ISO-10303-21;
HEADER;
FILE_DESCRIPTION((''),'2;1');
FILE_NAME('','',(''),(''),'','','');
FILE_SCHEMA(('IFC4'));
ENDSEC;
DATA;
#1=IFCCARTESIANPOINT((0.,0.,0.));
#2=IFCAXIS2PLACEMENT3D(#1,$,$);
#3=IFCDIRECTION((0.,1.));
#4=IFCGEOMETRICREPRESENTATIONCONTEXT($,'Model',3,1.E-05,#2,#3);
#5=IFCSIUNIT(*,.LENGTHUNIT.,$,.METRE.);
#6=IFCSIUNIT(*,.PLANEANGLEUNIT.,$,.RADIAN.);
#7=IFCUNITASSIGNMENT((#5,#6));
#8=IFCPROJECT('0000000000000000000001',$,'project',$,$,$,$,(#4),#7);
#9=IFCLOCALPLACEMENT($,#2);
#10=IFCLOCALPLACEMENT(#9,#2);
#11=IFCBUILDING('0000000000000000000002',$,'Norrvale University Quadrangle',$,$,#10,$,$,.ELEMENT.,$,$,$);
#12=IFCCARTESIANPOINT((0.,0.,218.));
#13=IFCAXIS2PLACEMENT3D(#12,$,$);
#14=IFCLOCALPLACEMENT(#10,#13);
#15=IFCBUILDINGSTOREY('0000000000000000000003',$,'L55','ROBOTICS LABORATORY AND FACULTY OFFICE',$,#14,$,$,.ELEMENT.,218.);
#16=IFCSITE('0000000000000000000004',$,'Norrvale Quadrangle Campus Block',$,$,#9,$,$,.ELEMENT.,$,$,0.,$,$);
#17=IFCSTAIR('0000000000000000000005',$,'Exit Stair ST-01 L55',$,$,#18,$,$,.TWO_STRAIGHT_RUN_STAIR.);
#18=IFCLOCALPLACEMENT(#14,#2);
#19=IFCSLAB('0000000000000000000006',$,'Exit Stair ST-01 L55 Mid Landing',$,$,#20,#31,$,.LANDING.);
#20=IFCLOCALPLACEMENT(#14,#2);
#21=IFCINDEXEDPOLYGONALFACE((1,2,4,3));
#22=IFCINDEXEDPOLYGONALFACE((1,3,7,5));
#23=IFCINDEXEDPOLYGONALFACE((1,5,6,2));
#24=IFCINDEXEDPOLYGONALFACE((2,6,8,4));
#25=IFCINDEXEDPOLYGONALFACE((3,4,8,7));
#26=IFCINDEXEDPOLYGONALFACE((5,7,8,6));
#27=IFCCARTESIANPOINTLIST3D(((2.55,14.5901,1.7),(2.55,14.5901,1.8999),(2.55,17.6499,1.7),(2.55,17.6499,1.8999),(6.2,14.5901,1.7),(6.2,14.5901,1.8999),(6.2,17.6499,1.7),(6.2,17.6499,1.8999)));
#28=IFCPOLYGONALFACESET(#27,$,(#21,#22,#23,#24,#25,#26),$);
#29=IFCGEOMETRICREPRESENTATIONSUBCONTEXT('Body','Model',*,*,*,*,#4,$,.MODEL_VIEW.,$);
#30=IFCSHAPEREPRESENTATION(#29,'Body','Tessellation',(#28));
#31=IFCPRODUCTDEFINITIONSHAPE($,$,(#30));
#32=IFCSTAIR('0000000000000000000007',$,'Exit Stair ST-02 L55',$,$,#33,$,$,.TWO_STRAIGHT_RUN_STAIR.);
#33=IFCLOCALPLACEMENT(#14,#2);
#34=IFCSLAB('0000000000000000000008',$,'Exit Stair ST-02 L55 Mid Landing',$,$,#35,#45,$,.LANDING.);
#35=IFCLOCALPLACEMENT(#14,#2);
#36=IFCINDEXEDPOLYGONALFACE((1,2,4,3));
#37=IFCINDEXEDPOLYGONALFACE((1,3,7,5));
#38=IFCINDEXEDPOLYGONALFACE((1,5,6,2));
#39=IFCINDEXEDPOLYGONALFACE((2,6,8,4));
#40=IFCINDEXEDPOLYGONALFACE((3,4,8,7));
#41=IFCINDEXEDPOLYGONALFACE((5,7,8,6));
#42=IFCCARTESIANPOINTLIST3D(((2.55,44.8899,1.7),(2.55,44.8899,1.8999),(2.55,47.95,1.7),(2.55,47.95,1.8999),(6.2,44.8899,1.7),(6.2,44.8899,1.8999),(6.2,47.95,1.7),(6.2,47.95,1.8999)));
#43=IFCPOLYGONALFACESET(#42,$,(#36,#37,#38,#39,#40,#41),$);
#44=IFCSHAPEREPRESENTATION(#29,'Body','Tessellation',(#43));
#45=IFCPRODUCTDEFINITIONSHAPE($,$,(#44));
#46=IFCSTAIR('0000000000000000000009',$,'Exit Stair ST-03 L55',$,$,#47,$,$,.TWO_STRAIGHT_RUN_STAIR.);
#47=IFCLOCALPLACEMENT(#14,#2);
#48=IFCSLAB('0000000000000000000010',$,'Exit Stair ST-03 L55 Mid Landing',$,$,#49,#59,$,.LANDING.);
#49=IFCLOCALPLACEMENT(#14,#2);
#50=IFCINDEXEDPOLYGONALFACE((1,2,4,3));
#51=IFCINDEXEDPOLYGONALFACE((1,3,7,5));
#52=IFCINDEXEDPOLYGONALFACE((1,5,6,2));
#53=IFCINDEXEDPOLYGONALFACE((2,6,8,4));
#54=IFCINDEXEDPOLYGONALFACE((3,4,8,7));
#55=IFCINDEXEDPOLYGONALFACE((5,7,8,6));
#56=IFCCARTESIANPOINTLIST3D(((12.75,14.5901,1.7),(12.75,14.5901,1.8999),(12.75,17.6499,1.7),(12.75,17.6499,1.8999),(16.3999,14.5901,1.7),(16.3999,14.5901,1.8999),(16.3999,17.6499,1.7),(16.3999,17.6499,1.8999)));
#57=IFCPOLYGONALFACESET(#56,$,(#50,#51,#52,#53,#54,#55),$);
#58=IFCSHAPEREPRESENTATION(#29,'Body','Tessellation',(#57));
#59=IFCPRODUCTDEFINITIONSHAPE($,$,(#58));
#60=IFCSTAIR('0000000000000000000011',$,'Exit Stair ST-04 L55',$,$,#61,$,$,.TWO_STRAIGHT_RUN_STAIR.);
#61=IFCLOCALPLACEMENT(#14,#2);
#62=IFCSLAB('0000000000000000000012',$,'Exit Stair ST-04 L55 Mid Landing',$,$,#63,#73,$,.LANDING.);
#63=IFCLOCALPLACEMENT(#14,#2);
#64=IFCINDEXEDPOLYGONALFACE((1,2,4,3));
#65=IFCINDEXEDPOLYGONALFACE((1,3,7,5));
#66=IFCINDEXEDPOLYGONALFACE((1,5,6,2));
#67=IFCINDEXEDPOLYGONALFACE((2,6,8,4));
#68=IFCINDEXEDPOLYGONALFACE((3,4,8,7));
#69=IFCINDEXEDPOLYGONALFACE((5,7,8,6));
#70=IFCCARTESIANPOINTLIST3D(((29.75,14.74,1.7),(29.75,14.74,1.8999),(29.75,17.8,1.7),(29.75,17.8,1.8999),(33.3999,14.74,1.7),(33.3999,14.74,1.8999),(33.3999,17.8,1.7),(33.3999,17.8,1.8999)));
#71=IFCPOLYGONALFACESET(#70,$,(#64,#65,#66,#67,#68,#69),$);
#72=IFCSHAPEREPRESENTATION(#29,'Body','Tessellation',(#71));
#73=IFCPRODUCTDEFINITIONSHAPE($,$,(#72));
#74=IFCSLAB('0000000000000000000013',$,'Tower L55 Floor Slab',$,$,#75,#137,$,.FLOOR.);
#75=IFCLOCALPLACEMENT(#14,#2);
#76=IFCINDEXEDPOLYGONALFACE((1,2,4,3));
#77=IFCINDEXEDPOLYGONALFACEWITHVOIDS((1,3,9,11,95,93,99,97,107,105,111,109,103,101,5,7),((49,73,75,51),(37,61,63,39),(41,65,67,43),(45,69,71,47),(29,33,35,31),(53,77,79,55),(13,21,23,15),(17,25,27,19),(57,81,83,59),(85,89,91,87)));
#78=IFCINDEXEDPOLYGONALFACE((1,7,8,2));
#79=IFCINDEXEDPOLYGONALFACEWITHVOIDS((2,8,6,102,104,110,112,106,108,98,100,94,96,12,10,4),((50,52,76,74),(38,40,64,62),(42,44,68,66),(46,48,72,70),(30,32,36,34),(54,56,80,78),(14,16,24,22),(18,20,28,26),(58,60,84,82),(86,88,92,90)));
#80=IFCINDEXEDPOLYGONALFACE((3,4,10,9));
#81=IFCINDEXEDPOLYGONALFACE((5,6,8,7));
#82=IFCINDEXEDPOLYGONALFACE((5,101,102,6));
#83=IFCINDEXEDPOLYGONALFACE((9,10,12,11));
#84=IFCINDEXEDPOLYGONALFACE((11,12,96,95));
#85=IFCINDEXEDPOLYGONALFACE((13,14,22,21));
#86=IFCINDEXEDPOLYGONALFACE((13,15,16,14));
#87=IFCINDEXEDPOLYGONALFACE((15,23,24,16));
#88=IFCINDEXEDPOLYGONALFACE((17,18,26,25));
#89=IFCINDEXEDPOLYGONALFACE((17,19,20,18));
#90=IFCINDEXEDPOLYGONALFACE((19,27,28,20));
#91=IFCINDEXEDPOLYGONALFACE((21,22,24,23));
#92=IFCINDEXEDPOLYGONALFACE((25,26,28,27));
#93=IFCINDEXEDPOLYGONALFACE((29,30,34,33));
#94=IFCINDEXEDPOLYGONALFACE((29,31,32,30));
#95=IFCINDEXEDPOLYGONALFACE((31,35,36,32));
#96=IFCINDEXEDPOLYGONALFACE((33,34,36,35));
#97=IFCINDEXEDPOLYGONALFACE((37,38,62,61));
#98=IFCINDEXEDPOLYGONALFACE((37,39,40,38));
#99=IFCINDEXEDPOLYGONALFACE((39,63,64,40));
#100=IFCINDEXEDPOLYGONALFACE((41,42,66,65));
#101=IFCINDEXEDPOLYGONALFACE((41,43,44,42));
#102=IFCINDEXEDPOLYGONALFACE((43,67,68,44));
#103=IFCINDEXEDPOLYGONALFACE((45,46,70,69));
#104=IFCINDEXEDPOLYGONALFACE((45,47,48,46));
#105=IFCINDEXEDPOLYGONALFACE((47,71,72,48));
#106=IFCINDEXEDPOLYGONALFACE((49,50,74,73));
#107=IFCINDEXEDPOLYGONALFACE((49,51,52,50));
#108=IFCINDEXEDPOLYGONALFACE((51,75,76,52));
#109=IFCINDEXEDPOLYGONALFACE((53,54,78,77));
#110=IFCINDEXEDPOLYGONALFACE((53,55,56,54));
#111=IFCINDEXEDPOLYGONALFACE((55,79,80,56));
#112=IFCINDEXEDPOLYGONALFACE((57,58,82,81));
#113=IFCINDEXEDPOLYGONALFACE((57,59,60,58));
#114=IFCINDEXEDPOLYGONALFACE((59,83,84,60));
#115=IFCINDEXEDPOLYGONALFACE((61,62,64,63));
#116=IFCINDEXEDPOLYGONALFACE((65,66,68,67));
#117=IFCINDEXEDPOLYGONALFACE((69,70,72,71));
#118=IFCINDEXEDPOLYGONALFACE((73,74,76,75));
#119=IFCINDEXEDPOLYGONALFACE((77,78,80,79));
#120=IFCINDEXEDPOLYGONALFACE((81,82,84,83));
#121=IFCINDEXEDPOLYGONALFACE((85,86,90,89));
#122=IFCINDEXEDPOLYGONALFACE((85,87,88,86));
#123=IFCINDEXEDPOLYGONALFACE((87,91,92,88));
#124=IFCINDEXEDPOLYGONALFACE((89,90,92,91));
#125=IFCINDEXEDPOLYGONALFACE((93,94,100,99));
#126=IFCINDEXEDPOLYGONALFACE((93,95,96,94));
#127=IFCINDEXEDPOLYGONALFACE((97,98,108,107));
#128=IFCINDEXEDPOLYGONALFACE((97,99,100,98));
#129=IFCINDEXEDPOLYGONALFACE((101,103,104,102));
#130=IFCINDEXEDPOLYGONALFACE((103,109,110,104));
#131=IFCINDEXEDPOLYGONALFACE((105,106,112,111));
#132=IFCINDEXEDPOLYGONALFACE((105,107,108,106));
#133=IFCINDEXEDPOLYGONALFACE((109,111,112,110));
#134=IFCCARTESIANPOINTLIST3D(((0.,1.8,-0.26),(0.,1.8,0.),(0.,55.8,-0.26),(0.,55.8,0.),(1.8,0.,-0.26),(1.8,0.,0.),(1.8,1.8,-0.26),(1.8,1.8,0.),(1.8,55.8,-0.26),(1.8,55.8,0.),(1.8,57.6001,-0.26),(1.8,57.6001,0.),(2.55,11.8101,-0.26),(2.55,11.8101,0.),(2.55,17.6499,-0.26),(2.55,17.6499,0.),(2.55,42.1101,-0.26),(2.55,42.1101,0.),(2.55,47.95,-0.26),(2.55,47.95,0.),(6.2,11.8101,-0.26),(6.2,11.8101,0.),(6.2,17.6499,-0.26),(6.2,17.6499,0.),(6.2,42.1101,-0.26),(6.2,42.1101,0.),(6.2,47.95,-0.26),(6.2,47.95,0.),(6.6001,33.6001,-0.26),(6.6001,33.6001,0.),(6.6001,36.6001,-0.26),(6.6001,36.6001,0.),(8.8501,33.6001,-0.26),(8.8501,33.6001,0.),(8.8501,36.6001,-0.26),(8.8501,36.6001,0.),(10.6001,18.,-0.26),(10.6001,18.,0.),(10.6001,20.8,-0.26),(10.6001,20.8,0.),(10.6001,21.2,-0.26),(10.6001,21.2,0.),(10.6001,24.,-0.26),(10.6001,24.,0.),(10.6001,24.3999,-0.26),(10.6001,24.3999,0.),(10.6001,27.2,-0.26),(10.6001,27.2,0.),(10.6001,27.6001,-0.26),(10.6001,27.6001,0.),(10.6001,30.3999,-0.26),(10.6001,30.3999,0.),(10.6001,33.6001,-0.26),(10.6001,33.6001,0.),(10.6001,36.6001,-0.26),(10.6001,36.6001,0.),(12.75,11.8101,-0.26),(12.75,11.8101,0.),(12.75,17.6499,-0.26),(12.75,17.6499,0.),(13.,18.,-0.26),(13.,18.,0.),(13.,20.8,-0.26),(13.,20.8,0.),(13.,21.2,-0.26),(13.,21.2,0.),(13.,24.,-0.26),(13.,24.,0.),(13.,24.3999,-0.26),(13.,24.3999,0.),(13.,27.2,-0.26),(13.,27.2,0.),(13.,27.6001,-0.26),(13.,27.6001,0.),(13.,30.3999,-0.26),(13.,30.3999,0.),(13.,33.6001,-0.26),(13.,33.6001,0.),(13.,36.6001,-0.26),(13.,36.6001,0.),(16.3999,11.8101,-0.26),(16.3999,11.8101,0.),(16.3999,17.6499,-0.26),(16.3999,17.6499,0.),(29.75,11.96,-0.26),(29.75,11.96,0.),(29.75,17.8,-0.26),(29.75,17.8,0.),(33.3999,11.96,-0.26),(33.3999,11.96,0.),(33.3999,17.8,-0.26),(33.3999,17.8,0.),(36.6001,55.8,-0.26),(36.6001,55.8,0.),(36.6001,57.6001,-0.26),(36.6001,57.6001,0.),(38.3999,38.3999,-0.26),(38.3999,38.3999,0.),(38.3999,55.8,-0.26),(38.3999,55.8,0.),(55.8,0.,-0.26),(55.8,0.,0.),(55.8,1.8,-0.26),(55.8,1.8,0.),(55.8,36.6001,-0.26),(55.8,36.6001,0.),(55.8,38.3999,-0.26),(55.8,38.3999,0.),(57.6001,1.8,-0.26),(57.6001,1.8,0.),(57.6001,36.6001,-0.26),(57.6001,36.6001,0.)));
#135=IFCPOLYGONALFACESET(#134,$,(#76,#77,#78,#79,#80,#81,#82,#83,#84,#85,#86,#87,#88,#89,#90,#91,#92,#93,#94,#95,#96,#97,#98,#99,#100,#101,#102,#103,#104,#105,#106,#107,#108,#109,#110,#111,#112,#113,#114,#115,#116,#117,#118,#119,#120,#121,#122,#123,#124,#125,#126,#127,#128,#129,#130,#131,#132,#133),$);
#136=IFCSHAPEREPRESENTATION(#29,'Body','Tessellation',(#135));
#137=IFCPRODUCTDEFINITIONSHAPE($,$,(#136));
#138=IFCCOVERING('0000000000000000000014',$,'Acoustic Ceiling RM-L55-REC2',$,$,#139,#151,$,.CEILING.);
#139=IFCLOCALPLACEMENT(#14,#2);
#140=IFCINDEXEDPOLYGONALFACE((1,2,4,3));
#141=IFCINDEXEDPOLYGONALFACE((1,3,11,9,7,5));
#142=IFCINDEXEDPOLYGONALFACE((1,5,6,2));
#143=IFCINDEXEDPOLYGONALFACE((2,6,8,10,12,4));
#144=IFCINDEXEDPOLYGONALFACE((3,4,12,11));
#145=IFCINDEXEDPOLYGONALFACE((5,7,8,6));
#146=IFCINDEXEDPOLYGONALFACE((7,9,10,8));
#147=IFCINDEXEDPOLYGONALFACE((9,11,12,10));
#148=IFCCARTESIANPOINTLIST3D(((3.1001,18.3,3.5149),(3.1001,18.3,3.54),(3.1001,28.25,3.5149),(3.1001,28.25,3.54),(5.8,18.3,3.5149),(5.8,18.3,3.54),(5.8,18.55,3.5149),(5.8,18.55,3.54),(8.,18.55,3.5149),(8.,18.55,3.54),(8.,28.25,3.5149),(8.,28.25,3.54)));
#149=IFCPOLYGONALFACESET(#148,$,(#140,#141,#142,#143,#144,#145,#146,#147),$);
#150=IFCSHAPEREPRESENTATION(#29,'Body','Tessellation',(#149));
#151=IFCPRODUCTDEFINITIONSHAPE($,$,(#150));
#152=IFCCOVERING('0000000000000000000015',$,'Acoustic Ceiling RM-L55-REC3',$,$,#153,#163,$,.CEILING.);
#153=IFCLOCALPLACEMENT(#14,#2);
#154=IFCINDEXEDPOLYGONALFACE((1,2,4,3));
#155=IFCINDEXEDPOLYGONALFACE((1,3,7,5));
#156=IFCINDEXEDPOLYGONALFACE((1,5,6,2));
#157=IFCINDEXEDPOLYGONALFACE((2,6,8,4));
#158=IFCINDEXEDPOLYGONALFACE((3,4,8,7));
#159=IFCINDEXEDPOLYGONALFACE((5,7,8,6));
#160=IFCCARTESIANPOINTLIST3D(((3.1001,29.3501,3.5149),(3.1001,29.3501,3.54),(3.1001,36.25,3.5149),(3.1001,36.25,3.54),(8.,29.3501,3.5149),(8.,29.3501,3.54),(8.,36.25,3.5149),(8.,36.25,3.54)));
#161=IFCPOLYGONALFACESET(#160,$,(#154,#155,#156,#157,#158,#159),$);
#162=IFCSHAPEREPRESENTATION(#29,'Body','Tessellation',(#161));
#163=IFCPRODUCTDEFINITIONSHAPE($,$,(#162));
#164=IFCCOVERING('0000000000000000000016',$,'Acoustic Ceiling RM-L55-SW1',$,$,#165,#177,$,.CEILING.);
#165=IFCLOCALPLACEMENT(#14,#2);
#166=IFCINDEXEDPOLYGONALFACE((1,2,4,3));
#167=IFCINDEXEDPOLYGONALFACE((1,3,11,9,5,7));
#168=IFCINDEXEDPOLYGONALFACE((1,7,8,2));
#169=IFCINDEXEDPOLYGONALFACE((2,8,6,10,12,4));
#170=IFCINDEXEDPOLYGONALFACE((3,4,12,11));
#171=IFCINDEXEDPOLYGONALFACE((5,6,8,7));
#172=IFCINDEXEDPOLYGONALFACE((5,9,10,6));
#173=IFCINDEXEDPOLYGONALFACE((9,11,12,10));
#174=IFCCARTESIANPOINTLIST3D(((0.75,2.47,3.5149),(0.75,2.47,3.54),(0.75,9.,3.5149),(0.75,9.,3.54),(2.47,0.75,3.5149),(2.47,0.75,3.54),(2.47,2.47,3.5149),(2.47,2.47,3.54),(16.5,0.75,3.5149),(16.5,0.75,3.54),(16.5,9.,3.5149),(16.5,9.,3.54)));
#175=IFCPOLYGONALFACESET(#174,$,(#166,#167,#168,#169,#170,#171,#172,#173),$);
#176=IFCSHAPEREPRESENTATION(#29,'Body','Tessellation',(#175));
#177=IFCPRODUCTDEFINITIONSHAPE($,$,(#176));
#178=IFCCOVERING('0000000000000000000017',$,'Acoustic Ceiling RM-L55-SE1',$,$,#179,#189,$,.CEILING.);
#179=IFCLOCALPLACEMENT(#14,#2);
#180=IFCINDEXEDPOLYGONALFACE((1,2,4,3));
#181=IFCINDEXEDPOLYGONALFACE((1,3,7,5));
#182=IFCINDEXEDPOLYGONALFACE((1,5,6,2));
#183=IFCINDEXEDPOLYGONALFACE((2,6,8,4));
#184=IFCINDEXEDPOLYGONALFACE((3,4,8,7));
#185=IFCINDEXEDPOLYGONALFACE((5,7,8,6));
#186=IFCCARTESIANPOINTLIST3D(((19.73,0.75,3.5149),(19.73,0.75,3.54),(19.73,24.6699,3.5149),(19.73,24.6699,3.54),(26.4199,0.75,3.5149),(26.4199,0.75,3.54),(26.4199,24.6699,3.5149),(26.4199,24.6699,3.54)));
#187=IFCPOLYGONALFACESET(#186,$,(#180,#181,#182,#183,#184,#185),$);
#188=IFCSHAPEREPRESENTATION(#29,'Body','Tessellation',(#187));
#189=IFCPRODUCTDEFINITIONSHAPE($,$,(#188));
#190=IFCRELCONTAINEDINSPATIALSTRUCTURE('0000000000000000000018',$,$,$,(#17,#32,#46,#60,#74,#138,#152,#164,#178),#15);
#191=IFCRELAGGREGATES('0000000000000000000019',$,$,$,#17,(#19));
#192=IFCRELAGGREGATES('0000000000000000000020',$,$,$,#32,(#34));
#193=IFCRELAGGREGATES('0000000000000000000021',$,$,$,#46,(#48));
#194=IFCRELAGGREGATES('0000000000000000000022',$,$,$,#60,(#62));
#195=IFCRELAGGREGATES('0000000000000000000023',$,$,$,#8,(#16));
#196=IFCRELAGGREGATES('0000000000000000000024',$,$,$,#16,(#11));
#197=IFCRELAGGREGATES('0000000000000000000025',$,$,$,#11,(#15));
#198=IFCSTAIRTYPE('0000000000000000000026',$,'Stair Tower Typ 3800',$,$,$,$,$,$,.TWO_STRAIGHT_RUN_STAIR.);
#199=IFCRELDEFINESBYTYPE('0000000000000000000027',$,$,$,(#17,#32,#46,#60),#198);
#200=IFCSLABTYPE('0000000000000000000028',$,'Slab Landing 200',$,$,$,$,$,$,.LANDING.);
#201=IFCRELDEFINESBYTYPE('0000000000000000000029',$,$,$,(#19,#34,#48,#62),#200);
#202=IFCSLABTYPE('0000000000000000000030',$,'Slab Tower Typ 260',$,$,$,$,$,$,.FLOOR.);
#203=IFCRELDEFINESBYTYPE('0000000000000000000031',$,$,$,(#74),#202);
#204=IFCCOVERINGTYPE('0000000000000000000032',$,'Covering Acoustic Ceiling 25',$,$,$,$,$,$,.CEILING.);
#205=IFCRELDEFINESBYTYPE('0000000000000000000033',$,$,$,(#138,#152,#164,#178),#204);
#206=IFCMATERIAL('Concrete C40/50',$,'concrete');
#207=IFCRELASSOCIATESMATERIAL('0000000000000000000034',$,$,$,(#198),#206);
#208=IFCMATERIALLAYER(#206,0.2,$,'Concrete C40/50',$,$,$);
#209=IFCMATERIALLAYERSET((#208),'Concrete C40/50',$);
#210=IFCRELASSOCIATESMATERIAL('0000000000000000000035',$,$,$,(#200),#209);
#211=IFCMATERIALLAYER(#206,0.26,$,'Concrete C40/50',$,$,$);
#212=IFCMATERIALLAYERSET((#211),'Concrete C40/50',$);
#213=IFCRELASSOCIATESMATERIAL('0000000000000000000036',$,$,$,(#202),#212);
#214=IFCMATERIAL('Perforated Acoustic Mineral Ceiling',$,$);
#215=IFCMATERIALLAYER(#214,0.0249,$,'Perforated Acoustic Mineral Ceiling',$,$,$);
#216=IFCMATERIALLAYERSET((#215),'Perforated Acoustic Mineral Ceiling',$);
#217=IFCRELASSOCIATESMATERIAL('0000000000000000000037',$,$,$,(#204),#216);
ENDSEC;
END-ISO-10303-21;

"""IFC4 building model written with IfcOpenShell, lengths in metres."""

from ifc_helpers import new_model, si_unit, direction, frame, origin, place, context, subcontext, project, spatial, polyline, outline, extrude, material, layer, layer_set, type_object, element, aggregate, save


model = new_model("IFC4")

# Units and contexts
model_context = context("Model", 3, precision=1e-05, world=origin(), true_north=direction((0.0, 1.0)))
body_context = subcontext(model_context, "Body", "Model", "MODEL_VIEW")
ifc_project = project(units=[si_unit("LENGTHUNIT", "METRE"), si_unit("PLANEANGLEUNIT", "RADIAN")], contexts=[model_context])

# Site, building, storey
site_placement = place(None, origin())
site = spatial("IfcSite", under=ifc_project, at=site_placement, Name="Norrvale Quadrangle Campus Block", CompositionType="ELEMENT", RefElevation=0.0)
building_placement = place(site_placement, origin())
building = spatial("IfcBuilding", under=site, at=building_placement, Name="Norrvale University Quadrangle", CompositionType="ELEMENT")
storey_placement = place(building_placement, frame((0.0, 0.0, 218.0)))
storey = spatial("IfcBuildingStorey", under=building, at=storey_placement, Name="L55", Description="ROBOTICS LABORATORY AND FACULTY OFFICE", CompositionType="ELEMENT", Elevation=218.0)

# Stairs, slabs
ifc_material_1 = material(Name="Concrete C40/50", Category="concrete")
stair_type = type_object("IfcStairType", Name="Stair Tower Typ 3800", PredefinedType="TWO_STRAIGHT_RUN_STAIR", material=ifc_material_1)
stair_1_placement = place(storey_placement, origin())
stair_1 = element("IfcStair", 1, at=stair_1_placement, inside=storey, type_object=stair_type, Name="Exit Stair ST-01 L55", PredefinedType="TWO_STRAIGHT_RUN_STAIR")
ifc_layer_1 = layer(ifc_material_1, 0.2, Name="Concrete C40/50")
ifc_layer_set_1 = layer_set([ifc_layer_1], Name="Concrete C40/50")
slab_type_1 = type_object("IfcSlabType", Name="Slab Landing 200", PredefinedType="LANDING", material=ifc_layer_set_1)
slab_1_placement = place(storey_placement, frame((0.0, 0.0, 1.7)))
slab_1 = element("IfcSlab", 2, at=slab_1_placement, type_object=slab_type_1, Name="Exit Stair ST-01 L55 Mid Landing", PredefinedType="LANDING", context=body_context, shape_type="SweptSolid", body=[
    extrude(outline(polyline([(2.55, 14.5901), (6.2, 14.5901), (6.2, 17.6499), (2.55, 17.6499), (2.55, 14.5901)])), origin(), (0.0, 0.0, 1.0), 0.2),
])
aggregate(stair_1, [slab_1])
stair_2_placement = place(storey_placement, origin())
stair_2 = element("IfcStair", 3, at=stair_2_placement, inside=storey, type_object=stair_type, Name="Exit Stair ST-02 L55", PredefinedType="TWO_STRAIGHT_RUN_STAIR")
slab_2_placement = place(storey_placement, frame((0.0, 0.0, 1.7)))
slab_2 = element("IfcSlab", 4, at=slab_2_placement, type_object=slab_type_1, Name="Exit Stair ST-02 L55 Mid Landing", PredefinedType="LANDING", context=body_context, shape_type="SweptSolid", body=[
    extrude(outline(polyline([(2.55, 44.8899), (6.2, 44.8899), (6.2, 47.95), (2.55, 47.95), (2.55, 44.8899)])), origin(), (0.0, 0.0, 1.0), 0.2),
])
aggregate(stair_2, [slab_2])
stair_3_placement = place(storey_placement, origin())
stair_3 = element("IfcStair", 5, at=stair_3_placement, inside=storey, type_object=stair_type, Name="Exit Stair ST-03 L55", PredefinedType="TWO_STRAIGHT_RUN_STAIR")
slab_3_placement = place(storey_placement, frame((0.0, 0.0, 1.7)))
slab_3 = element("IfcSlab", 6, at=slab_3_placement, type_object=slab_type_1, Name="Exit Stair ST-03 L55 Mid Landing", PredefinedType="LANDING", context=body_context, shape_type="SweptSolid", body=[
    extrude(outline(polyline([(12.75, 14.5901), (16.3999, 14.5901), (16.3999, 17.6499), (12.75, 17.6499), (12.75, 14.5901)])), origin(), (0.0, 0.0, 1.0), 0.2),
])
aggregate(stair_3, [slab_3])
stair_4_placement = place(storey_placement, origin())
stair_4 = element("IfcStair", 7, at=stair_4_placement, inside=storey, type_object=stair_type, Name="Exit Stair ST-04 L55", PredefinedType="TWO_STRAIGHT_RUN_STAIR")
slab_4_placement = place(storey_placement, frame((0.0, 0.0, 1.7)))
slab_4 = element("IfcSlab", 8, at=slab_4_placement, type_object=slab_type_1, Name="Exit Stair ST-04 L55 Mid Landing", PredefinedType="LANDING", context=body_context, shape_type="SweptSolid", body=[
    extrude(outline(polyline([(29.75, 14.74), (33.3999, 14.74), (33.3999, 17.8), (29.75, 17.8), (29.75, 14.74)])), origin(), (0.0, 0.0, 1.0), 0.2),
])
aggregate(stair_4, [slab_4])

# Slab
ifc_layer_2 = layer(ifc_material_1, 0.26, Name="Concrete C40/50")
ifc_layer_set_2 = layer_set([ifc_layer_2], Name="Concrete C40/50")
slab_type_2 = type_object("IfcSlabType", Name="Slab Tower Typ 260", PredefinedType="FLOOR", material=ifc_layer_set_2)
slab_5_placement = place(storey_placement, frame((0.0, 0.0, -0.26)))
element("IfcSlab", 9, at=slab_5_placement, inside=storey, type_object=slab_type_2, Name="Tower L55 Floor Slab", PredefinedType="FLOOR", context=body_context, shape_type="SweptSolid", body=[
    extrude(outline(polyline([(1.8, 0.0), (55.8, 0.0), (55.8, 1.8), (57.6001, 1.8), (57.6001, 36.6001), (55.8, 36.6001), (55.8, 38.3999), (38.3999, 38.3999), (38.3999, 55.8), (36.6001, 55.8), (36.6001, 57.6001), (1.8, 57.6001), (1.8, 55.8), (0.0, 55.8), (0.0, 1.8), (1.8, 1.8), (1.8, 0.0)]), holes=[polyline([(2.55, 11.8101), (6.2, 11.8101), (6.2, 17.6499), (2.55, 17.6499), (2.55, 11.8101)]), polyline([(2.55, 42.1101), (6.2, 42.1101), (6.2, 47.95), (2.55, 47.95), (2.55, 42.1101)]), polyline([(12.75, 11.8101), (16.3999, 11.8101), (16.3999, 17.6499), (12.75, 17.6499), (12.75, 11.8101)]), polyline([(29.75, 11.96), (33.3999, 11.96), (33.3999, 17.8), (29.75, 17.8), (29.75, 11.96)]), polyline([(10.6001, 18.0), (13.0, 18.0), (13.0, 20.8), (10.6001, 20.8), (10.6001, 18.0)]), polyline([(10.6001, 21.2), (13.0, 21.2), (13.0, 24.0), (10.6001, 24.0), (10.6001, 21.2)]), polyline([(10.6001, 24.3999), (13.0, 24.3999), (13.0, 27.2), (10.6001, 27.2), (10.6001, 24.3999)]), polyline([(10.6001, 27.6001), (13.0, 27.6001), (13.0, 30.3999), (10.6001, 30.3999), (10.6001, 27.6001)]), polyline([(6.6001, 33.6001), (8.8501, 33.6001), (8.8501, 36.6001), (6.6001, 36.6001), (6.6001, 33.6001)]), polyline([(10.6001, 33.6001), (13.0, 33.6001), (13.0, 36.6001), (10.6001, 36.6001), (10.6001, 33.6001)])]), origin(), (0.0, 0.0, 1.0), 0.26),
])

# Coverings
ifc_material_2 = material(Name="Perforated Acoustic Mineral Ceiling")
ifc_layer_3 = layer(ifc_material_2, 0.0249, Name="Perforated Acoustic Mineral Ceiling")
ifc_layer_set_3 = layer_set([ifc_layer_3], Name="Perforated Acoustic Mineral Ceiling")
covering_type_1 = type_object("IfcCoveringType", Name="Covering Acoustic Ceiling 25", PredefinedType="CEILING", material=ifc_layer_set_3)
covering_1_placement = place(storey_placement, frame((0.0, 0.0, 3.5149)))
element("IfcCovering", 10, at=covering_1_placement, inside=storey, type_object=covering_type_1, Name="Acoustic Ceiling RM-L55-REC2", PredefinedType="CEILING", context=body_context, shape_type="SweptSolid", body=[
    extrude(outline(polyline([(3.1001, 18.3), (3.1001, 28.25), (8.0, 28.25), (8.0, 18.55), (5.8, 18.55), (5.8, 18.3), (3.1001, 18.3)])), origin(), (0.0, 0.0, 1.0), 0.0251),
])
covering_2_placement = place(storey_placement, frame((0.0, 0.0, 3.5149)))
element("IfcCovering", 11, at=covering_2_placement, inside=storey, type_object=covering_type_1, Name="Acoustic Ceiling RM-L55-REC3", PredefinedType="CEILING", context=body_context, shape_type="SweptSolid", body=[
    extrude(outline(polyline([(3.1001, 29.3501), (3.1001, 36.25), (8.0, 36.25), (8.0, 29.3501), (3.1001, 29.3501)])), origin(), (0.0, 0.0, 1.0), 0.0251),
])
covering_3_placement = place(storey_placement, frame((0.0, 0.0, 3.5149)))
element("IfcCovering", 12, at=covering_3_placement, inside=storey, type_object=covering_type_1, Name="Acoustic Ceiling RM-L55-SW1", PredefinedType="CEILING", context=body_context, shape_type="SweptSolid", body=[
    extrude(outline(polyline([(0.75, 9.0), (16.5, 9.0), (16.5, 0.75), (2.47, 0.75), (2.47, 2.47), (0.75, 2.47), (0.75, 9.0)])), origin(), (0.0, 0.0, 1.0), 0.0251),
])
covering_4_placement = place(storey_placement, frame((0.0, 0.0, 3.5149)))
element("IfcCovering", 13, at=covering_4_placement, inside=storey, type_object=covering_type_1, Name="Acoustic Ceiling RM-L55-SE1", PredefinedType="CEILING", context=body_context, shape_type="SweptSolid", body=[
    extrude(outline(polyline([(19.73, 24.6699), (26.4199, 24.6699), (26.4199, 0.75), (19.73, 0.75), (19.73, 24.6699)])), origin(), (0.0, 0.0, 1.0), 0.0251),
])

save(model, "model.ifc")
